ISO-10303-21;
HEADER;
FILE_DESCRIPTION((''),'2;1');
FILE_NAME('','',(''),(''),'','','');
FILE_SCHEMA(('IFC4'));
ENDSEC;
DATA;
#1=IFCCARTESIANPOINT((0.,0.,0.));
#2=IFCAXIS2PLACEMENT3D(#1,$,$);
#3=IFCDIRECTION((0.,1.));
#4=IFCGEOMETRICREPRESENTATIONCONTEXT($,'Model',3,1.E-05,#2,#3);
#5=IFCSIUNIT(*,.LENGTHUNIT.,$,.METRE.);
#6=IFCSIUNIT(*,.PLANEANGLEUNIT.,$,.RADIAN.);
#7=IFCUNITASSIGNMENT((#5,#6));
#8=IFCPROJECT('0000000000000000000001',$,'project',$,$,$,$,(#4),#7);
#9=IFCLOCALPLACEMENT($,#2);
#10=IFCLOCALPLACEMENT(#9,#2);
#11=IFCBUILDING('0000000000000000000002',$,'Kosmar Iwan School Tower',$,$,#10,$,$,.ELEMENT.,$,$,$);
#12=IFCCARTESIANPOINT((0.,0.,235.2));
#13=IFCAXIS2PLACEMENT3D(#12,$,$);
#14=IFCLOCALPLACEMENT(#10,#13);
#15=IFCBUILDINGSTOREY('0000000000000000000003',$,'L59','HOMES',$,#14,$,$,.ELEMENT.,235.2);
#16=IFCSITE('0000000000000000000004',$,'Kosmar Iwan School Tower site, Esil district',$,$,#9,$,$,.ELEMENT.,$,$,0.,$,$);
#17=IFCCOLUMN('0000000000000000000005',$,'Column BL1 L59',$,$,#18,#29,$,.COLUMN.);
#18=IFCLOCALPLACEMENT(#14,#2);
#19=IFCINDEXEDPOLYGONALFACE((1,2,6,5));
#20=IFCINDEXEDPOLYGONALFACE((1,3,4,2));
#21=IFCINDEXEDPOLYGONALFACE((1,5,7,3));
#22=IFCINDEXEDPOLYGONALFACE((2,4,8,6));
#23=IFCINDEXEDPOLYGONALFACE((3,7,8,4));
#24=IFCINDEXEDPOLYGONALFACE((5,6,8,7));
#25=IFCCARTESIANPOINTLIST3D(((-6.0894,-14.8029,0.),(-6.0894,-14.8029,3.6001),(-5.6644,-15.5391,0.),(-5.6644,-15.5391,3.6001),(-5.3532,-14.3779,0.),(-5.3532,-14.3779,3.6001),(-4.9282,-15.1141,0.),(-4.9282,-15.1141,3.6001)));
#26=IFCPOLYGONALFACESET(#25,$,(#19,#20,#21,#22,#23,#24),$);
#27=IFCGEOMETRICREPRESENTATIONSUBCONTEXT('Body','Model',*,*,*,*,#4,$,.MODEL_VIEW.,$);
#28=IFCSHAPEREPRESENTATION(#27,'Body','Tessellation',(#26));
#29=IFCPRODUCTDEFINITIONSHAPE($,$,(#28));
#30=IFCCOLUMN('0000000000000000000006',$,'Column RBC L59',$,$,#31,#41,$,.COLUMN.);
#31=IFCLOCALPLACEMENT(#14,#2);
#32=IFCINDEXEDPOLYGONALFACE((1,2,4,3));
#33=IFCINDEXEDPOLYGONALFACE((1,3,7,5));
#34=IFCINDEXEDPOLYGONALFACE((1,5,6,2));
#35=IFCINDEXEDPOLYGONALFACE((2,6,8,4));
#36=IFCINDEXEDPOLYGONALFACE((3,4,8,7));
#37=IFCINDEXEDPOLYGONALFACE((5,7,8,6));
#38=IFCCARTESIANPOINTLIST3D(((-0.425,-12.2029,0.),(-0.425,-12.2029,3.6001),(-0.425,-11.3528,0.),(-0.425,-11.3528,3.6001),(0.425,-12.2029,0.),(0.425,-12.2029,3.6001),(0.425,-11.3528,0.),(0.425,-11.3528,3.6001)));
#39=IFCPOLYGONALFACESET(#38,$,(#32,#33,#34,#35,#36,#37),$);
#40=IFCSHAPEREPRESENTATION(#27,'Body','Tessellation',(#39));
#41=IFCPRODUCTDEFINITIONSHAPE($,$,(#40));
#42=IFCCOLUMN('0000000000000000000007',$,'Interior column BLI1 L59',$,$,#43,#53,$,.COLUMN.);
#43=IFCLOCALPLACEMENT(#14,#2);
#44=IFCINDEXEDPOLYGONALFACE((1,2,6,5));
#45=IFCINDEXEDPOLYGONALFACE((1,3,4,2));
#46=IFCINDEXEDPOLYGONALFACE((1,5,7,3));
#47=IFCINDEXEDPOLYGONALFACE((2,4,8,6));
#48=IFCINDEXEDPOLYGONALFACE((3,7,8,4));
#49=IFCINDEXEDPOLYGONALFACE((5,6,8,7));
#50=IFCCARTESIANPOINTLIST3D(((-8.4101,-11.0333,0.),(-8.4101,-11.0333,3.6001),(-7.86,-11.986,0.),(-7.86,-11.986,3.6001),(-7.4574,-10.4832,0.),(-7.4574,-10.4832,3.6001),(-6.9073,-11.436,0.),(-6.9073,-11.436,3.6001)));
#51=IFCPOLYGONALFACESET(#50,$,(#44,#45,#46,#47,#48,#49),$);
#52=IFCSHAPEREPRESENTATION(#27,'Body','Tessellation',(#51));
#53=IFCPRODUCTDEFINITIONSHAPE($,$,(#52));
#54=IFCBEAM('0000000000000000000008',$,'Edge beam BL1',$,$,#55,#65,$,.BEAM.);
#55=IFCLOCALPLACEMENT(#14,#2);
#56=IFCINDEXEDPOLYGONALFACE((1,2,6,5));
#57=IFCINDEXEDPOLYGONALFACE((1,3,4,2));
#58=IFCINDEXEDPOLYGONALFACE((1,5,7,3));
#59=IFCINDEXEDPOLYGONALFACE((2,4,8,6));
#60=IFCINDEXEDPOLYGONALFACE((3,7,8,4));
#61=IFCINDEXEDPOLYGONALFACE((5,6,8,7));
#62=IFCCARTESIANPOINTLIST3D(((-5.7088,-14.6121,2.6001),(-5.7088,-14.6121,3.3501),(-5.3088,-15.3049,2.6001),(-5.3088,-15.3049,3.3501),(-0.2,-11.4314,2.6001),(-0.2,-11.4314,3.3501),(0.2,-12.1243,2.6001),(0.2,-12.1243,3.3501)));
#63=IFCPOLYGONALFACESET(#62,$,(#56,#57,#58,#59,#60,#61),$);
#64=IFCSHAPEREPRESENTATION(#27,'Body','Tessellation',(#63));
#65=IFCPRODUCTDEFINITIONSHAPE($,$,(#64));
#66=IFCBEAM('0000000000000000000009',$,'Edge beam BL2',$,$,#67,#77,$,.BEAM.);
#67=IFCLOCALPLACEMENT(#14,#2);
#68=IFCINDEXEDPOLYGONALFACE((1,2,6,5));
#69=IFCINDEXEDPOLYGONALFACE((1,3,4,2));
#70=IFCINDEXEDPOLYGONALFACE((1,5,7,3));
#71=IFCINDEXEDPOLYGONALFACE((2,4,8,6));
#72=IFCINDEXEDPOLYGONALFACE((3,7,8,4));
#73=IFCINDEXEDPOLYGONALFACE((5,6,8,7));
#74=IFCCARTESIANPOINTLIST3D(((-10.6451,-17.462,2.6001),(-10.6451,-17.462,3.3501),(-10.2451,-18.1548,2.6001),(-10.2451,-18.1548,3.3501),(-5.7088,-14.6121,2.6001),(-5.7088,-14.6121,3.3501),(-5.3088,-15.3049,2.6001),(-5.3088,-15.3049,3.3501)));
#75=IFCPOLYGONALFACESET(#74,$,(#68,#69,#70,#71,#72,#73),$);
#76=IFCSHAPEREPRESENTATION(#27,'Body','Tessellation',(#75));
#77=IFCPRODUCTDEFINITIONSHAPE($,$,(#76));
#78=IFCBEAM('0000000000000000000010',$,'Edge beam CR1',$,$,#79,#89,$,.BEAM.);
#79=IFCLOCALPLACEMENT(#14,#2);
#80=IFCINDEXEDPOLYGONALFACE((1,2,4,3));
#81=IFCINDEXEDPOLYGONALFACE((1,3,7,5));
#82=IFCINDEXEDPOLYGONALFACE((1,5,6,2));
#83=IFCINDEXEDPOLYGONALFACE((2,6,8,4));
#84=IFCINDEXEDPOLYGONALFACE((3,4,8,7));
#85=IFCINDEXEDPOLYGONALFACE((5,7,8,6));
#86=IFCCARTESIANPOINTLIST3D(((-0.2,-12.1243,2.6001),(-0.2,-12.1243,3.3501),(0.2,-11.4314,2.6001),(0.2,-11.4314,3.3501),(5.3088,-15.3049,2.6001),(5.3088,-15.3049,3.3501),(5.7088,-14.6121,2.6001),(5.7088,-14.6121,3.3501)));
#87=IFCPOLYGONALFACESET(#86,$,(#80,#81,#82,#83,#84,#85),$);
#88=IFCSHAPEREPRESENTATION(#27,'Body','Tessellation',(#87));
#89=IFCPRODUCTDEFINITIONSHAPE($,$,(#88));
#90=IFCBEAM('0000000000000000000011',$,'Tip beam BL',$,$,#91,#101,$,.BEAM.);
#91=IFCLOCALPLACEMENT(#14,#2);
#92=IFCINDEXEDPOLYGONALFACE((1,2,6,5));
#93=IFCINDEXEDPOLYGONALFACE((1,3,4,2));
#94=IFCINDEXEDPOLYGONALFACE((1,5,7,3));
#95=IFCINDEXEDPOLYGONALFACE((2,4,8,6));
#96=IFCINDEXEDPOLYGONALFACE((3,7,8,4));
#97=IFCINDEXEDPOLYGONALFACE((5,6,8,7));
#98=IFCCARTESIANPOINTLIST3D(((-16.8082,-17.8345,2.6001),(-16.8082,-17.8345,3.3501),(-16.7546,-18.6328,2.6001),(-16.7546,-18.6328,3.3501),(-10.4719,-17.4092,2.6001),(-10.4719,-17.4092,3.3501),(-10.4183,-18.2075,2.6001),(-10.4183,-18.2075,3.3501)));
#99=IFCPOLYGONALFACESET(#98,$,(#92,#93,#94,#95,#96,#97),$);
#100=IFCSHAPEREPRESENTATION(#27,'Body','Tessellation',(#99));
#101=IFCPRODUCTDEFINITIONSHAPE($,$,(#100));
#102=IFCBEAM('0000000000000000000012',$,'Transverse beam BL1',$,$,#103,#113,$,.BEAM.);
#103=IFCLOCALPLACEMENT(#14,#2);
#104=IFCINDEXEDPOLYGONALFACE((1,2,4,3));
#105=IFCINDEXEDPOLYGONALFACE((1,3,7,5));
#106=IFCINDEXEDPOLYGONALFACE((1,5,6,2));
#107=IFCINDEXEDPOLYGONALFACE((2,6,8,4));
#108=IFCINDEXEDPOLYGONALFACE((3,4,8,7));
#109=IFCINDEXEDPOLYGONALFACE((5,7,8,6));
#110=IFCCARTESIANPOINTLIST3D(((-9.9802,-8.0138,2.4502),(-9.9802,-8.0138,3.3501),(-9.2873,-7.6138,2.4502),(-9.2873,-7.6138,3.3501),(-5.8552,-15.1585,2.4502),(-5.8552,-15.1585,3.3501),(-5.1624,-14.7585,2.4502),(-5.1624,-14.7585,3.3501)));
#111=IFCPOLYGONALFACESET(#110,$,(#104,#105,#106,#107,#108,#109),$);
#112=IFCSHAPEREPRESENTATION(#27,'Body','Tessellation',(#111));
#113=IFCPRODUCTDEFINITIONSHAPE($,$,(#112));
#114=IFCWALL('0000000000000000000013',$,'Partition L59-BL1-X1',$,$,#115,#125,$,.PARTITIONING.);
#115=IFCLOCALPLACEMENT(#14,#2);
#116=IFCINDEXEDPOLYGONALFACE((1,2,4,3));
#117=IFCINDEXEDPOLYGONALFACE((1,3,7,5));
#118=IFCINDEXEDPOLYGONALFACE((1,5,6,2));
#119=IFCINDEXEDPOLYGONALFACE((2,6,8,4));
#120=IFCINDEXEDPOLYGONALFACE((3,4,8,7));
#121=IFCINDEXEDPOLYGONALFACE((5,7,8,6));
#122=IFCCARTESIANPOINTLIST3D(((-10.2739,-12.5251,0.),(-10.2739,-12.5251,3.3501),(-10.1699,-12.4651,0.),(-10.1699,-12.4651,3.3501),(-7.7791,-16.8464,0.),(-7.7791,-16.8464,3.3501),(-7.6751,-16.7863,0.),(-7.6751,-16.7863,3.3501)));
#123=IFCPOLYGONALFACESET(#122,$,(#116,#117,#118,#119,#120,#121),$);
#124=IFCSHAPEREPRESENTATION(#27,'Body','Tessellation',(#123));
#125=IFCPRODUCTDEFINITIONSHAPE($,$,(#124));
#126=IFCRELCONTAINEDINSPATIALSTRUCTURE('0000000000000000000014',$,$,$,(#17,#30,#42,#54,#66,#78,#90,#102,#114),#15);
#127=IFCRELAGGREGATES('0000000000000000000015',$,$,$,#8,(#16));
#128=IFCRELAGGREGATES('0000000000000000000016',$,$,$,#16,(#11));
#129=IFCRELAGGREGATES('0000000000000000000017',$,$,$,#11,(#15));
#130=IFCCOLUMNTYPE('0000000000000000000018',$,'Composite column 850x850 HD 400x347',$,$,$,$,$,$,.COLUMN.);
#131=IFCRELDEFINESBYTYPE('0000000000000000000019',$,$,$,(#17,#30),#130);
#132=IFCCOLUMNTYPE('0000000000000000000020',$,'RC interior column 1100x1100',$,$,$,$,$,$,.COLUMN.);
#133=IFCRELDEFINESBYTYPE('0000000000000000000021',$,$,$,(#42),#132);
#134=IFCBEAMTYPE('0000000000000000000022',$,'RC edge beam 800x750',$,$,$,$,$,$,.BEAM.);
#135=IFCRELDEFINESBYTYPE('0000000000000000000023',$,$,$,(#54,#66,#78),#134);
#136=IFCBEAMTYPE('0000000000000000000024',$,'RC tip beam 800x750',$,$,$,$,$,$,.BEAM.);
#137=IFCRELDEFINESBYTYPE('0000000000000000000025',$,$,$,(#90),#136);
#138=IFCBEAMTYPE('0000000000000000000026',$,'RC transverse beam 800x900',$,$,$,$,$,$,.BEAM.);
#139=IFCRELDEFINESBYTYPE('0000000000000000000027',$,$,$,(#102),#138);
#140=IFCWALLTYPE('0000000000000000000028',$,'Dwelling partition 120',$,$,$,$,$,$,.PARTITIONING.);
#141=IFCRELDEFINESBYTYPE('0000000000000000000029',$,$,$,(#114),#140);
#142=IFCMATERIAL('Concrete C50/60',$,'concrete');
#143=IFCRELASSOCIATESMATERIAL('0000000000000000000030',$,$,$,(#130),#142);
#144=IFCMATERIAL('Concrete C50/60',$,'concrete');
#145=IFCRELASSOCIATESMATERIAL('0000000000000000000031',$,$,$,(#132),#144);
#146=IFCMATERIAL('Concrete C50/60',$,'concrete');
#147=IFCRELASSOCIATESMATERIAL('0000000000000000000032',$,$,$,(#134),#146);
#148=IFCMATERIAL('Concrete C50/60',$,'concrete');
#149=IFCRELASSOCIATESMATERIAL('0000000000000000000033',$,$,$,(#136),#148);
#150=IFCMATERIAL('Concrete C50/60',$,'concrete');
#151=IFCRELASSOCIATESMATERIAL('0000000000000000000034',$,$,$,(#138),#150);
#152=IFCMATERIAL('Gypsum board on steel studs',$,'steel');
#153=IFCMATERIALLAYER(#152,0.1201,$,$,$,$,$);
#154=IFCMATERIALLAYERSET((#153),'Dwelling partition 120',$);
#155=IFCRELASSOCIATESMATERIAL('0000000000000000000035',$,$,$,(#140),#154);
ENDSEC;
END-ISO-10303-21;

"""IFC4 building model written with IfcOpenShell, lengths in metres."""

from ifc_helpers import new_model, si_unit, direction, frame, frame_2d, origin, origin_2d, place, context, subcontext, project, spatial, rectangle, extrude, material, layer, layer_set, material_profile, profile_set, type_object, element, save


model = new_model("IFC4")

# Units and contexts
model_context = context("Model", 3, precision=1e-05, world=origin(), true_north=direction((0.0, 1.0)))
body_context = subcontext(model_context, "Body", "Model", "MODEL_VIEW")
ifc_project = project(units=[si_unit("LENGTHUNIT", "METRE"), si_unit("PLANEANGLEUNIT", "RADIAN")], contexts=[model_context])

# Site, building, storey
site_placement = place(None, origin())
site = spatial("IfcSite", under=ifc_project, at=site_placement, Name="Kosmar Iwan School Tower site, Esil district", CompositionType="ELEMENT", RefElevation=0.0)
building_placement = place(site_placement, origin())
building = spatial("IfcBuilding", under=site, at=building_placement, Name="Kosmar Iwan School Tower", CompositionType="ELEMENT")
storey_placement = place(building_placement, frame((0.0, 0.0, 235.2)))
storey = spatial("IfcBuildingStorey", under=building, at=storey_placement, Name="L59", Description="HOMES", CompositionType="ELEMENT", Elevation=235.2)

# Columns
ifc_material_1 = material(Name="Concrete C50/60", Category="concrete")
ifc_material_profile_1 = material_profile(ifc_material_1, rectangle(XDim=0.8501, YDim=0.8501, at=origin_2d()), Name="RC 850x850 + HD 400x347")
ifc_profile_set_1 = profile_set([ifc_material_profile_1], Name="Concrete C50/60")
column_type_1 = type_object("IfcColumnType", Name="Composite column 850x850 HD 400x347", PredefinedType="COLUMN", material=ifc_profile_set_1)
for number, where, z_axis, x_axis, name in (
    (1, (-5.5088, -14.9585, 0.0), (0.0, 0.0, 1.0), (-0.866025, -0.5, 0.0), "Column BL1 L59"),
    (2, (0.0, -11.7778, 0.0), (0.0, 0.0, 1.0), (1.0, 0.0, 0.0), "Column RBC L59"),
):
    element("IfcColumn", number, at=place(storey_placement, frame(where, z_axis=z_axis, x_axis=x_axis)), inside=storey, type_object=column_type_1, Name=name, PredefinedType="COLUMN", context=body_context, shape_type="SweptSolid", body=[
        extrude(rectangle(XDim=0.8501, YDim=0.8501, at=origin_2d()), origin(), (0.0, 0.0, 1.0), 3.6001),
    ])
ifc_material_2 = material(Name="Concrete C50/60", Category="concrete")
ifc_material_profile_2 = material_profile(ifc_material_2, rectangle(XDim=1.1001, YDim=1.1001, at=origin_2d()), Name="RC 1100x1100")
ifc_profile_set_2 = profile_set([ifc_material_profile_2], Name="Concrete C50/60")
column_type_2 = type_object("IfcColumnType", Name="RC interior column 1100x1100", PredefinedType="COLUMN", material=ifc_profile_set_2)
column_placement = place(storey_placement, frame((-7.6587, -11.2346, 0.0), z_axis=(0.0, 0.0, 1.0), x_axis=(-0.866025, -0.5, 0.0)))
element("IfcColumn", 3, at=column_placement, inside=storey, type_object=column_type_2, Name="Interior column BLI1 L59", PredefinedType="COLUMN", context=body_context, shape_type="SweptSolid", body=[
    extrude(rectangle(XDim=1.1001, YDim=1.1001, at=origin_2d()), origin(), (0.0, 0.0, 1.0), 3.6001),
])

# Beams
ifc_material_3 = material(Name="Concrete C50/60", Category="concrete")
ifc_material_profile_3 = material_profile(ifc_material_3, rectangle(XDim=0.8, YDim=0.75, at=origin_2d()), Name="RC 800x750")
ifc_profile_set_3 = profile_set([ifc_material_profile_3], Name="Concrete C50/60")
beam_type_1 = type_object("IfcBeamType", Name="RC edge beam 800x750", PredefinedType="BEAM", material=ifc_profile_set_3)
beam_1_placement = place(storey_placement, frame((0.0, -11.7778, 2.9751), z_axis=(-0.866014, -0.500019, 0.0), x_axis=(0.500019, -0.866014, 0.0)))
element("IfcBeam", 4, at=beam_1_placement, inside=storey, type_object=beam_type_1, Name="Edge beam BL1", PredefinedType="BEAM", context=body_context, shape_type="SweptSolid", body=[
    extrude(rectangle(XDim=0.8, YDim=0.75, at=origin_2d()), origin(), (0.0, 0.0, 1.0), 6.3611),
])
beam_2_placement = place(storey_placement, frame((-5.5088, -14.9585, 2.9751), z_axis=(-0.866034, -0.499986, 0.0), x_axis=(0.499986, -0.866034, 0.0)))
element("IfcBeam", 5, at=beam_2_placement, inside=storey, type_object=beam_type_1, Name="Edge beam BL2", PredefinedType="BEAM", context=body_context, shape_type="SweptSolid", body=[
    extrude(rectangle(XDim=0.8, YDim=0.75, at=origin_2d()), origin(), (0.0, 0.0, 1.0), 5.7),
])
beam_3_placement = place(storey_placement, frame((0.0, -11.7778, 2.9751), z_axis=(0.866014, -0.500019, 0.0), x_axis=(0.500019, 0.866014, 0.0)))
element("IfcBeam", 6, at=beam_3_placement, inside=storey, type_object=beam_type_1, Name="Edge beam CR1", PredefinedType="BEAM", context=body_context, shape_type="SweptSolid", body=[
    extrude(rectangle(XDim=0.8, YDim=0.75, at=origin_2d()), origin(), (0.0, 0.0, 1.0), 6.3611),
])
ifc_material_4 = material(Name="Concrete C50/60", Category="concrete")
ifc_material_profile_4 = material_profile(ifc_material_4, rectangle(XDim=0.8, YDim=0.75, at=origin_2d()), Name="RC 800x750")
ifc_profile_set_4 = profile_set([ifc_material_profile_4], Name="Concrete C50/60")
beam_type_2 = type_object("IfcBeamType", Name="RC tip beam 800x750", PredefinedType="BEAM", material=ifc_profile_set_4)
beam_4_placement = place(storey_placement, frame((-10.4451, -17.8083, 2.9751), z_axis=(-0.997755, -0.066968, 0.0), x_axis=(0.066968, -0.997755, 0.0)))
element("IfcBeam", 7, at=beam_4_placement, inside=storey, type_object=beam_type_2, Name="Tip beam BL", PredefinedType="BEAM", context=body_context, shape_type="SweptSolid", body=[
    extrude(rectangle(XDim=0.8, YDim=0.75, at=origin_2d()), origin(), (0.0, 0.0, 1.0), 6.3506),
])
ifc_material_5 = material(Name="Concrete C50/60", Category="concrete")
ifc_material_profile_5 = material_profile(ifc_material_5, rectangle(XDim=0.8, YDim=0.8999, at=origin_2d()), Name="RC 800x900")
ifc_profile_set_5 = profile_set([ifc_material_profile_5], Name="Concrete C50/60")
beam_type_3 = type_object("IfcBeamType", Name="RC transverse beam 800x900", PredefinedType="BEAM", material=ifc_profile_set_5)
beam_5_placement = place(storey_placement, frame((-5.5088, -14.9585, 2.9001), z_axis=(-0.499997, 0.866027, 0.0), x_axis=(-0.866027, -0.499997, 0.0)))
element("IfcBeam", 8, at=beam_5_placement, inside=storey, type_object=beam_type_3, Name="Transverse beam BL1", PredefinedType="BEAM", context=body_context, shape_type="SweptSolid", body=[
    extrude(rectangle(XDim=0.8, YDim=0.8999, at=origin_2d()), origin(), (0.0, 0.0, 1.0), 8.25),
])

# Wall
ifc_material_6 = material(Name="Gypsum board on steel studs", Category="steel")
ifc_layer_1 = layer(ifc_material_6, 0.1201)
ifc_layer_set_1 = layer_set([ifc_layer_1], Name="Dwelling partition 120")
wall_type_1 = type_object("IfcWallType", Name="Dwelling partition 120", PredefinedType="PARTITIONING", material=ifc_layer_set_1)
wall_1_placement = place(storey_placement, frame((-10.2219, -12.4951, 0.0), z_axis=(0.0, 0.0, 1.0), x_axis=(0.499996, -0.866028, 0.0)))
element("IfcWall", 9, at=wall_1_placement, inside=storey, type_object=wall_type_1, Name="Partition L59-BL1-X1", PredefinedType="PARTITIONING", context=body_context, shape_type="SweptSolid", body=[
    extrude(rectangle(XDim=4.9897, YDim=0.1201, at=frame_2d((2.4949, 0.0))), origin(), (0.0, 0.0, 1.0), 3.3501),
])

save(model, "model.ifc")
